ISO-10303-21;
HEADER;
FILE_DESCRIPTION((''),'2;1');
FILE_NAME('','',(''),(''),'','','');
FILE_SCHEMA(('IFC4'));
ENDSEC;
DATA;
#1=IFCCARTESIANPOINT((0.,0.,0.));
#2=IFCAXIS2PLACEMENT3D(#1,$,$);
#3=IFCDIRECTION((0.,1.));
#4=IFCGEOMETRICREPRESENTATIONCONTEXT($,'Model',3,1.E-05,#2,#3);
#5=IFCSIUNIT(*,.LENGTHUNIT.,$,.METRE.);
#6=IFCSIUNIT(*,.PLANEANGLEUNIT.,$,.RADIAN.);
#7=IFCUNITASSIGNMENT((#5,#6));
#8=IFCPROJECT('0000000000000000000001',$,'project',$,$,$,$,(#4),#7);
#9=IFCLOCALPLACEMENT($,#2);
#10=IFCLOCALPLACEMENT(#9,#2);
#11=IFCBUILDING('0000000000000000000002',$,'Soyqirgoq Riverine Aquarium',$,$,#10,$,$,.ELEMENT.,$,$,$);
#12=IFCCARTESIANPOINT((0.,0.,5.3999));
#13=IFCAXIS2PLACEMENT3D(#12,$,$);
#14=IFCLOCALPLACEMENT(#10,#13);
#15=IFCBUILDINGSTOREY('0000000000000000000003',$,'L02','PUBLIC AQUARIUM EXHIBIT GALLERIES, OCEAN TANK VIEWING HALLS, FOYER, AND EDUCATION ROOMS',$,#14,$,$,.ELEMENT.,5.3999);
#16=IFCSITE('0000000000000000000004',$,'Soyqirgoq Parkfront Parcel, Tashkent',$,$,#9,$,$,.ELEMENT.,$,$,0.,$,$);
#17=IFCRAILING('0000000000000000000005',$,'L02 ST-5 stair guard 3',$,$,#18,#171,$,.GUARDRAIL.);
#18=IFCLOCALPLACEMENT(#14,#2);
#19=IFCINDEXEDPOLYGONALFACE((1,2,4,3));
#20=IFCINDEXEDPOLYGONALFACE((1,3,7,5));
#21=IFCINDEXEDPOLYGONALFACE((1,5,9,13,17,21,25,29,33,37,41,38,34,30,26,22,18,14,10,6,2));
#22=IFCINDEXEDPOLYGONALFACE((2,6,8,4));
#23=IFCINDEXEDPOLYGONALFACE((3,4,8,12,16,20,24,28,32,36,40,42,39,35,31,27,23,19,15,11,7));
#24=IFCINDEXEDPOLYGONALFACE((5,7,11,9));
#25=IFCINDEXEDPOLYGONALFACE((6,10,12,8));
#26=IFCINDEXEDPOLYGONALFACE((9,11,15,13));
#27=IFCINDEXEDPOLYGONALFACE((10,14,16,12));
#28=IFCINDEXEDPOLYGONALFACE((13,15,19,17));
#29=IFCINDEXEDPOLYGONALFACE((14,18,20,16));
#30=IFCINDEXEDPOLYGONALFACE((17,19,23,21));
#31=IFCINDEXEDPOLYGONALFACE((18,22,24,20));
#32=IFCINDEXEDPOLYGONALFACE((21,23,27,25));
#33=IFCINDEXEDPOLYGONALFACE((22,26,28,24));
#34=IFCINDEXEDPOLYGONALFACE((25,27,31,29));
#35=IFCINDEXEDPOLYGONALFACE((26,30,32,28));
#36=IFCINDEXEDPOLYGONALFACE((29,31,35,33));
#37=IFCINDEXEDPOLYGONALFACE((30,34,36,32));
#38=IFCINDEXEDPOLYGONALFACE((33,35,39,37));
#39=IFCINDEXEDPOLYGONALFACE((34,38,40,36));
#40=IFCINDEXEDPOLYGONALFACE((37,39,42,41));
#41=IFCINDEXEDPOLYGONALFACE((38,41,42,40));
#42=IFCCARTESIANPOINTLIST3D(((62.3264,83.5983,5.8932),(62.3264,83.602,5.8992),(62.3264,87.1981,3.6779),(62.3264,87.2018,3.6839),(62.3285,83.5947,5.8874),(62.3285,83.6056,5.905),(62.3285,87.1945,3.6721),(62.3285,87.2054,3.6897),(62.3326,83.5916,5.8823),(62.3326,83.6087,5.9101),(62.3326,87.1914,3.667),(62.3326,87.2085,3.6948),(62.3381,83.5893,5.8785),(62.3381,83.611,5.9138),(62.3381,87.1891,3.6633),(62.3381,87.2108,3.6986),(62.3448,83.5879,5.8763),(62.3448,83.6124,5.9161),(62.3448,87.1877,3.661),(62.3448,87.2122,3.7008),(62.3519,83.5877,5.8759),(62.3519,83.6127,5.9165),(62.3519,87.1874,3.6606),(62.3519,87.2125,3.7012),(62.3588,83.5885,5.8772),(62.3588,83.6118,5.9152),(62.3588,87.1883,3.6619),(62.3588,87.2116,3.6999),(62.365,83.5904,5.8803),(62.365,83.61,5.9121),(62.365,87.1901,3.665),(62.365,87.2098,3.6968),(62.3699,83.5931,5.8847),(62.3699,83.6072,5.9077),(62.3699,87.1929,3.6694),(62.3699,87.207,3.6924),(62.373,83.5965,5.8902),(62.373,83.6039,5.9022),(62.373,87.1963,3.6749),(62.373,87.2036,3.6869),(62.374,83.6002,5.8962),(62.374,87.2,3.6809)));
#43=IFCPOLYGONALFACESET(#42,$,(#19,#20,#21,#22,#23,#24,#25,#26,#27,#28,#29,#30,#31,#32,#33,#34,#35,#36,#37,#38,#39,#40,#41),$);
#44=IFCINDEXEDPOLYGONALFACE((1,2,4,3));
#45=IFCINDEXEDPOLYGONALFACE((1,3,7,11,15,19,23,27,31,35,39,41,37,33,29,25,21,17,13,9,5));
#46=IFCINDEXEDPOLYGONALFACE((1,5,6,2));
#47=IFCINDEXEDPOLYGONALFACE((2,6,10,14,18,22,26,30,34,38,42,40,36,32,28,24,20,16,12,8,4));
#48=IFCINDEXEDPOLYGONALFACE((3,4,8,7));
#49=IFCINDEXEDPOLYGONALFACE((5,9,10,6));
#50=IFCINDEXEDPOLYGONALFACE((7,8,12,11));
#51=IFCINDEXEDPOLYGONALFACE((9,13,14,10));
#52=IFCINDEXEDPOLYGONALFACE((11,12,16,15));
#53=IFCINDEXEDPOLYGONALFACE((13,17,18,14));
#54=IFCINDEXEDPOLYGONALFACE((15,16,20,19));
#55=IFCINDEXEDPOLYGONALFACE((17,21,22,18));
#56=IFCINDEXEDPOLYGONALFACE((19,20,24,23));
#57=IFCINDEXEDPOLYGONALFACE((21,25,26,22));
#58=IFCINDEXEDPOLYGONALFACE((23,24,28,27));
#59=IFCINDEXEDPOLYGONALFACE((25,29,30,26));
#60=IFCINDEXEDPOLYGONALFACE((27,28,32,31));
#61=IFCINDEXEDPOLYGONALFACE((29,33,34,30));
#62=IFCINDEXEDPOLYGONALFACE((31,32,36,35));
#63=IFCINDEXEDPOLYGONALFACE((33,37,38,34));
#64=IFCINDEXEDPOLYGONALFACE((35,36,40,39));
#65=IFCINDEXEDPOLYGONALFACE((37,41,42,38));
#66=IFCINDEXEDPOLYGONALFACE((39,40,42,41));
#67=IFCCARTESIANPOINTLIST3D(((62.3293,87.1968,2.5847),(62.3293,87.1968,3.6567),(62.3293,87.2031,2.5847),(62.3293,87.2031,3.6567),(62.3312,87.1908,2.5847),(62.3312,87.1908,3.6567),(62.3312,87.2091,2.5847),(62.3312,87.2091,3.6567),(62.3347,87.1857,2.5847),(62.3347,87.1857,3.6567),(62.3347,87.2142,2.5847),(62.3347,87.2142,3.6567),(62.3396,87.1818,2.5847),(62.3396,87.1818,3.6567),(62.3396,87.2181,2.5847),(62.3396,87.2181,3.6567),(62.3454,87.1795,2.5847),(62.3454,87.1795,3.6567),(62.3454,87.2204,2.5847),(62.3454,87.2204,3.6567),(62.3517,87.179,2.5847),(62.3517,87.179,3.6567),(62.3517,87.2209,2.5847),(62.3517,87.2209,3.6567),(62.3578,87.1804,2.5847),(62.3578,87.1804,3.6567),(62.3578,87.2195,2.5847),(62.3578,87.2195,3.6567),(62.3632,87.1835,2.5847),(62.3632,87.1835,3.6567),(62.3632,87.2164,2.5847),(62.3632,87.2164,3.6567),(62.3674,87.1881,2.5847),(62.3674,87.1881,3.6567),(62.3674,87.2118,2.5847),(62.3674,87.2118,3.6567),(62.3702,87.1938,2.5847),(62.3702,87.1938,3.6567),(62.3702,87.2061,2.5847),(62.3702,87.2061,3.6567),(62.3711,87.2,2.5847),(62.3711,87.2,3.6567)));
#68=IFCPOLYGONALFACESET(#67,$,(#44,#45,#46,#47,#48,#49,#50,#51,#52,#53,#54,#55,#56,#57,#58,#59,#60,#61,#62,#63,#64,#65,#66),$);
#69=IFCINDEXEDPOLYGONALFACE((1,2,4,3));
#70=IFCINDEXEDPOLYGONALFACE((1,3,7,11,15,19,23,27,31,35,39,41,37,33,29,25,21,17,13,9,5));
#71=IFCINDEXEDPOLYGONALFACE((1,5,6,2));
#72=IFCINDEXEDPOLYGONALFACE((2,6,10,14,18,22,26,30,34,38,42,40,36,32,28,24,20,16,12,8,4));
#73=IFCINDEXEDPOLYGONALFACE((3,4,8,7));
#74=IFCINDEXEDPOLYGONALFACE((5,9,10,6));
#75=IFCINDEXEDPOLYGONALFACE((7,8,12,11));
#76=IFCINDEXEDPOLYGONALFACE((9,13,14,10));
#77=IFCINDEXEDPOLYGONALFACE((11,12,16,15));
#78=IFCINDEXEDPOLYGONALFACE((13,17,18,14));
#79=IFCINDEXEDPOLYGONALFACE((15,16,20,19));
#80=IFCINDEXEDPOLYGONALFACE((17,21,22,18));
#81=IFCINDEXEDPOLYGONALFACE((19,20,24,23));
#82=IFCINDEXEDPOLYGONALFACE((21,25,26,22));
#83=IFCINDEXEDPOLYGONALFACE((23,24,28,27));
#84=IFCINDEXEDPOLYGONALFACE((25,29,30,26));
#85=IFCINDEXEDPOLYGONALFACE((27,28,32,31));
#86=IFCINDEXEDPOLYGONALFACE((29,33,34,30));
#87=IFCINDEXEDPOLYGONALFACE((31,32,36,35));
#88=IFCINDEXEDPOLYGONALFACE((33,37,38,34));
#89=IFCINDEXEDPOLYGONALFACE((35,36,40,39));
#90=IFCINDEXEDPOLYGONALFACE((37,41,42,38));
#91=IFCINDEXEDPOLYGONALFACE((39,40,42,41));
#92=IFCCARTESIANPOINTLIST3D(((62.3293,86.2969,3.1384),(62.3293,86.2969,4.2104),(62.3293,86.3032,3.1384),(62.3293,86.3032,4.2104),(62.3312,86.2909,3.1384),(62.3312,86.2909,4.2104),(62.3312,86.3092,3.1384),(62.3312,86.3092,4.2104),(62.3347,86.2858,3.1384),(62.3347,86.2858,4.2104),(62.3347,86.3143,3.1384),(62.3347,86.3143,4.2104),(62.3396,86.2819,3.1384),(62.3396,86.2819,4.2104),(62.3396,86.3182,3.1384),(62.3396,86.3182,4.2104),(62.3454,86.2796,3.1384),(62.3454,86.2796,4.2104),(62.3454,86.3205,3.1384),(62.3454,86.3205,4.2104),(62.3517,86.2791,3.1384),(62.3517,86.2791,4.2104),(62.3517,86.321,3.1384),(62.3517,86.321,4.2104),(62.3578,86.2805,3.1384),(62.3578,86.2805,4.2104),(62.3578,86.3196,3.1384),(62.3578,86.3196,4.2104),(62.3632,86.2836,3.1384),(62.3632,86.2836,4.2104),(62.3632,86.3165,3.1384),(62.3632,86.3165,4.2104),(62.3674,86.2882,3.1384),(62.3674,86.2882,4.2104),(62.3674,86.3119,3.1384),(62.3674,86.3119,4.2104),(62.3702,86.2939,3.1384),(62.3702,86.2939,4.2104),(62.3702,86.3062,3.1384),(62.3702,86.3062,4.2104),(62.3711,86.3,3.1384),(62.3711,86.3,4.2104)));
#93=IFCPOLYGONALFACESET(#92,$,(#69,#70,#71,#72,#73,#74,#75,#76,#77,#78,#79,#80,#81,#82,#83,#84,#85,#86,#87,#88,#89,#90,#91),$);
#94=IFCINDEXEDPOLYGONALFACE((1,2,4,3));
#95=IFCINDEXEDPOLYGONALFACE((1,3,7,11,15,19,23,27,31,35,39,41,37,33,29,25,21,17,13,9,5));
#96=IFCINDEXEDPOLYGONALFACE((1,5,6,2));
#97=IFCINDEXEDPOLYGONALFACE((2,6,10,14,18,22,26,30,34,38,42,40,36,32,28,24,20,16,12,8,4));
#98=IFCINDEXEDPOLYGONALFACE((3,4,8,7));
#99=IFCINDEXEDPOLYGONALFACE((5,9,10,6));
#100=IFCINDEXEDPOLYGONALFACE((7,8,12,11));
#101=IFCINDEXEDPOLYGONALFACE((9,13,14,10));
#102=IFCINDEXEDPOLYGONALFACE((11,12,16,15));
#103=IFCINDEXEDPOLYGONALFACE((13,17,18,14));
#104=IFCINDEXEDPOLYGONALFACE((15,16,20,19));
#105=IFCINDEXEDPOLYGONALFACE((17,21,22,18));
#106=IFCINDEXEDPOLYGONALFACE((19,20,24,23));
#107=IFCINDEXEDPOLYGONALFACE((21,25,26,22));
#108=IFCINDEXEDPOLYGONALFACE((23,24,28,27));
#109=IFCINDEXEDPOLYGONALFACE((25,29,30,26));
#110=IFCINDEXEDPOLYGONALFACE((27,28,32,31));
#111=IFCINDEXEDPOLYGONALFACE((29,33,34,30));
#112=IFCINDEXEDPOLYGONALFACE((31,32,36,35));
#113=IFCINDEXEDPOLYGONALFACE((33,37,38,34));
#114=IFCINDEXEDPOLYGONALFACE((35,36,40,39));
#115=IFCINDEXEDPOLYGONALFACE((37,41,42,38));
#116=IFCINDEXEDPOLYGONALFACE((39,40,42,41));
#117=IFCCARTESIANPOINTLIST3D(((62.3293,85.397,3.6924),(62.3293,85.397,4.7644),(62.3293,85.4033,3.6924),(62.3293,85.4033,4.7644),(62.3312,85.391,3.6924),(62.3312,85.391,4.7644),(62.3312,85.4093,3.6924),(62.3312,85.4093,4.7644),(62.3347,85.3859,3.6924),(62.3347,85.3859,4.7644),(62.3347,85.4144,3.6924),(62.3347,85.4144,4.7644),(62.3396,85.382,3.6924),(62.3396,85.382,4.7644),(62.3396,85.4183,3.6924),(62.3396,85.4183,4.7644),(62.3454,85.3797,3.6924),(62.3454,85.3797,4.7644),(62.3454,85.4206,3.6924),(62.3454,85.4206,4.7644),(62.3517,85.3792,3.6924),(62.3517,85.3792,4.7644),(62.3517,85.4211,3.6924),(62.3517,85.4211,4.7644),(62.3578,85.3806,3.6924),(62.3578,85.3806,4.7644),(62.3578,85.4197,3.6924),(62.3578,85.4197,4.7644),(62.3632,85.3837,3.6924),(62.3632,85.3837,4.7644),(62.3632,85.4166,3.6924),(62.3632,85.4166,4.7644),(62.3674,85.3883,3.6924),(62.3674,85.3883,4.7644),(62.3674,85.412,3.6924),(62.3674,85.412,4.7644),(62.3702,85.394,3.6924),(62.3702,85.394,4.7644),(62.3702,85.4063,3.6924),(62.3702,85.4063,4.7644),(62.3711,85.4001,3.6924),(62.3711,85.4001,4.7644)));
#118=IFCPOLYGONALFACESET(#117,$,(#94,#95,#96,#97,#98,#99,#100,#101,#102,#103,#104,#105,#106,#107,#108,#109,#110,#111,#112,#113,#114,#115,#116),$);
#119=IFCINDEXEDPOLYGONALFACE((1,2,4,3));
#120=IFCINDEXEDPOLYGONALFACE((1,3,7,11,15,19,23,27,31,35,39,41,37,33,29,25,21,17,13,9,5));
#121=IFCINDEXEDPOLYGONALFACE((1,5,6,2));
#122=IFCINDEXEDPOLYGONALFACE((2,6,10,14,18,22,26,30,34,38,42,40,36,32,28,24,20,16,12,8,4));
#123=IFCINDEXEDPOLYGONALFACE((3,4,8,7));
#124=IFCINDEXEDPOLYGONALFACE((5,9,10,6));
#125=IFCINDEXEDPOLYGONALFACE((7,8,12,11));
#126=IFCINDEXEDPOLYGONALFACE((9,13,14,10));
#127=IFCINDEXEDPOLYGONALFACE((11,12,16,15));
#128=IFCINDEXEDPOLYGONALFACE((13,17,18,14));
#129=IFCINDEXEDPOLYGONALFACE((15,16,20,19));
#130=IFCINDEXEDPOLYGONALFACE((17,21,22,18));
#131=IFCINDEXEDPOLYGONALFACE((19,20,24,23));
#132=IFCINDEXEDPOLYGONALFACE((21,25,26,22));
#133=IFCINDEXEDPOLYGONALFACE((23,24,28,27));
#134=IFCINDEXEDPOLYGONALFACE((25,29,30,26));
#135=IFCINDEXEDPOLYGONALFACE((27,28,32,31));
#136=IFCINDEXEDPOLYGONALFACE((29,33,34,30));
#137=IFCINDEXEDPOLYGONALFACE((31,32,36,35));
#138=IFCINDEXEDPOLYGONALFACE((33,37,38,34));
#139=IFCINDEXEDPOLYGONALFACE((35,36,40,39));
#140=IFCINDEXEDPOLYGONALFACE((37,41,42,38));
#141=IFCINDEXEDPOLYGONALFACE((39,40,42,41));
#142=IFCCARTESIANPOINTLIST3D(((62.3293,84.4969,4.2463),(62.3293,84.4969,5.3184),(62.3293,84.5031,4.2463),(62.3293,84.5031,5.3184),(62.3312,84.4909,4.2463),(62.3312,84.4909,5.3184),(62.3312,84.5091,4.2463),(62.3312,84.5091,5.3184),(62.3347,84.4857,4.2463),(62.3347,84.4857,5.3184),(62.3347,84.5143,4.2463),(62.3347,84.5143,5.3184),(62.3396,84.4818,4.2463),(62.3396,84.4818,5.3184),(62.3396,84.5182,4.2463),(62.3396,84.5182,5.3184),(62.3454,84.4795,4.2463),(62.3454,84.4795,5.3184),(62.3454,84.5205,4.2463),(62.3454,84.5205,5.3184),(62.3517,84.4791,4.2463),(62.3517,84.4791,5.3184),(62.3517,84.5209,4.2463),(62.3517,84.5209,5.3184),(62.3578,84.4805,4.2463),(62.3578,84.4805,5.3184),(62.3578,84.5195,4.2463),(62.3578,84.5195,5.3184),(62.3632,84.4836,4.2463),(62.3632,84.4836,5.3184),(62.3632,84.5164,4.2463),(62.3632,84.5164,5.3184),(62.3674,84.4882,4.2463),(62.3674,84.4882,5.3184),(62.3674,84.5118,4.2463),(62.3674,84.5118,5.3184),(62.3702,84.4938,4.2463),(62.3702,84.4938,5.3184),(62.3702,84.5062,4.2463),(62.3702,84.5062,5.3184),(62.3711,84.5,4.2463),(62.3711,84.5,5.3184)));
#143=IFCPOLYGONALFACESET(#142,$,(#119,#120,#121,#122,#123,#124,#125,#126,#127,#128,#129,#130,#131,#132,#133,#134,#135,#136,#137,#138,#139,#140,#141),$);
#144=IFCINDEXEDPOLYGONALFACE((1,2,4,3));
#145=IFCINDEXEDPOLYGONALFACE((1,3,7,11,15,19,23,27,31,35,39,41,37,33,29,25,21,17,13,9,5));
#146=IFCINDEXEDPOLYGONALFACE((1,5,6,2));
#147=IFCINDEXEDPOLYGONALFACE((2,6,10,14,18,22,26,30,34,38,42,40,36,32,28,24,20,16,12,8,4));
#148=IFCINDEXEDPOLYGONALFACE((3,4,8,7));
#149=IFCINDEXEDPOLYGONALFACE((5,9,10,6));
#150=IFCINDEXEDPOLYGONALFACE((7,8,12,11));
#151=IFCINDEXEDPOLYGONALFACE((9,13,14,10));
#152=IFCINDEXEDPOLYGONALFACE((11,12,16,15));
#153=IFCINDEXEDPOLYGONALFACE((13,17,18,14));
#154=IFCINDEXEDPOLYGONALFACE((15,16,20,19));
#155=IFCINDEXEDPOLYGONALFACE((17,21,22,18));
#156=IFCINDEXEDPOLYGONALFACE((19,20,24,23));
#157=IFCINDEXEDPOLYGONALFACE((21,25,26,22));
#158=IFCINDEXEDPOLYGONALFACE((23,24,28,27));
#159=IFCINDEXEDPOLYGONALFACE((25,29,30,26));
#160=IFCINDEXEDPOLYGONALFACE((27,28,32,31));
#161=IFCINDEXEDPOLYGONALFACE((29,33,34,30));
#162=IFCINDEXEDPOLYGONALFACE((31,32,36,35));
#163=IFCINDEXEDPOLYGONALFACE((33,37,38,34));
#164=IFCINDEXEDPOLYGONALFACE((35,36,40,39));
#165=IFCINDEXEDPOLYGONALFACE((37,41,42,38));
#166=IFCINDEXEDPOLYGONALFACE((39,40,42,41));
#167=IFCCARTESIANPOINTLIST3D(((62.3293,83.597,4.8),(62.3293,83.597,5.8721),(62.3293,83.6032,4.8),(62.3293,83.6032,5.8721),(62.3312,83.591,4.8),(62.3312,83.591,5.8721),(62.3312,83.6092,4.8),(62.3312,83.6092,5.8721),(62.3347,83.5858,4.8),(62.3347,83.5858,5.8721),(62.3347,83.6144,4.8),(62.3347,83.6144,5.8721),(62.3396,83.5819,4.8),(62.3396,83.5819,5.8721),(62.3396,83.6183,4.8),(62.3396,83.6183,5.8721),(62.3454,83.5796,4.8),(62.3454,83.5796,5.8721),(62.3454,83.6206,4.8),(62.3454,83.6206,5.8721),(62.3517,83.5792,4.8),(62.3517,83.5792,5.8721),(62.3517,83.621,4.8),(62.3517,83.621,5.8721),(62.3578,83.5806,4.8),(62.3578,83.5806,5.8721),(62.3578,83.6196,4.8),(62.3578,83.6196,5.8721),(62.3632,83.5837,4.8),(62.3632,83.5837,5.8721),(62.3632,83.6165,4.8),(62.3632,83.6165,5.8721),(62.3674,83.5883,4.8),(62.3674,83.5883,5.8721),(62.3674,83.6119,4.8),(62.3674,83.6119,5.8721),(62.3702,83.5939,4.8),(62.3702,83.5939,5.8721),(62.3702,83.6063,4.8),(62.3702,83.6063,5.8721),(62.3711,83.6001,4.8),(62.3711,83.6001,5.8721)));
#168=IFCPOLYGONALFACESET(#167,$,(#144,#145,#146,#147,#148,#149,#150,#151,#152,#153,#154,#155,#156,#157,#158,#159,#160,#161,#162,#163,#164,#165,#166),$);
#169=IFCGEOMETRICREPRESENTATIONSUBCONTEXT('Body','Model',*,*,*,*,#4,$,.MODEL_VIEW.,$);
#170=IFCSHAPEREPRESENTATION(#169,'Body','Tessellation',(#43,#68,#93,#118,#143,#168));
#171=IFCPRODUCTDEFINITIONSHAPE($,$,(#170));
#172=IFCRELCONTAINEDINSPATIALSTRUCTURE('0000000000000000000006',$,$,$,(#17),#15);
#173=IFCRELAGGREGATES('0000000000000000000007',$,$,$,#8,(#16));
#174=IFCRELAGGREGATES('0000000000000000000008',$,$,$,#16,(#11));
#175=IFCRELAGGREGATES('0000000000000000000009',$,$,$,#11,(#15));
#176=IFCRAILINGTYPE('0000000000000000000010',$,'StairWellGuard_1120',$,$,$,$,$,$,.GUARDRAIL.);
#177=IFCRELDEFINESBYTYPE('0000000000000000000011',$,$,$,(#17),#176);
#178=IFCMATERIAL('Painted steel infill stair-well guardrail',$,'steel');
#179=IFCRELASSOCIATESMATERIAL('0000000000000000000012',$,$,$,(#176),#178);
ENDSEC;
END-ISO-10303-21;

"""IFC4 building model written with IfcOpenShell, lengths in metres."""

from ifc_helpers import new_model, si_unit, direction, frame, origin, origin_2d, place, context, subcontext, project, spatial, circle, extrude, material, type_object, element, save


model = new_model("IFC4")

# Units and contexts
model_context = context("Model", 3, precision=1e-05, world=origin(), true_north=direction((0.0, 1.0)))
body_context = subcontext(model_context, "Body", "Model", "MODEL_VIEW")
ifc_project = project(units=[si_unit("LENGTHUNIT", "METRE"), si_unit("PLANEANGLEUNIT", "RADIAN")], contexts=[model_context])

# Site, building, storey
site_placement = place(None, origin())
site = spatial("IfcSite", under=ifc_project, at=site_placement, Name="Soyqirgoq Parkfront Parcel, Tashkent", CompositionType="ELEMENT", RefElevation=0.0)
building_placement = place(site_placement, origin())
building = spatial("IfcBuilding", under=site, at=building_placement, Name="Soyqirgoq Riverine Aquarium", CompositionType="ELEMENT")
storey_placement = place(building_placement, frame((0.0, 0.0, 5.3999)))
storey = spatial("IfcBuildingStorey", under=building, at=storey_placement, Name="L02", Description="PUBLIC AQUARIUM EXHIBIT GALLERIES, OCEAN TANK VIEWING HALLS, FOYER, AND EDUCATION ROOMS", CompositionType="ELEMENT", Elevation=5.3999)

# Railing
ifc_material_1 = material(Name="Painted steel infill stair-well guardrail", Category="steel")
railing_type_1 = type_object("IfcRailingType", Name="StairWellGuard_1120", PredefinedType="GUARDRAIL", material=ifc_material_1)
railing_1_placement = place(storey_placement, frame((62.3501, 87.2, 2.5847)))
element("IfcRailing", 1, at=railing_1_placement, inside=storey, type_object=railing_type_1, Name="L02 ST-5 stair guard 3", PredefinedType="GUARDRAIL", context=body_context, shape_type="SweptSolid", body=[
    extrude(circle(Radius=0.0239, at=origin_2d()), frame((0.0, 0.0, 1.0962), z_axis=(0.0, -0.851654, 0.524104), x_axis=(1.0, 0.0, 0.0)), (0.0, 0.0, 1.0), 4.2268),
    extrude(circle(Radius=0.021, at=origin_2d()), origin(), (0.0, 0.0, 1.0), 1.072),
    extrude(circle(Radius=0.021, at=origin_2d()), frame((0.0, -0.8999, 0.5537)), (0.0, 0.0, 1.0), 1.072),
    extrude(circle(Radius=0.021, at=origin_2d()), frame((0.0, -1.7998, 1.1077)), (0.0, 0.0, 1.0), 1.072),
    extrude(circle(Radius=0.021, at=origin_2d()), frame((0.0, -2.7, 1.6616)), (0.0, 0.0, 1.0), 1.072),
    extrude(circle(Radius=0.021, at=origin_2d()), frame((0.0, -3.5999, 2.2153)), (0.0, 0.0, 1.0), 1.072),
])

save(model, "model.ifc")
